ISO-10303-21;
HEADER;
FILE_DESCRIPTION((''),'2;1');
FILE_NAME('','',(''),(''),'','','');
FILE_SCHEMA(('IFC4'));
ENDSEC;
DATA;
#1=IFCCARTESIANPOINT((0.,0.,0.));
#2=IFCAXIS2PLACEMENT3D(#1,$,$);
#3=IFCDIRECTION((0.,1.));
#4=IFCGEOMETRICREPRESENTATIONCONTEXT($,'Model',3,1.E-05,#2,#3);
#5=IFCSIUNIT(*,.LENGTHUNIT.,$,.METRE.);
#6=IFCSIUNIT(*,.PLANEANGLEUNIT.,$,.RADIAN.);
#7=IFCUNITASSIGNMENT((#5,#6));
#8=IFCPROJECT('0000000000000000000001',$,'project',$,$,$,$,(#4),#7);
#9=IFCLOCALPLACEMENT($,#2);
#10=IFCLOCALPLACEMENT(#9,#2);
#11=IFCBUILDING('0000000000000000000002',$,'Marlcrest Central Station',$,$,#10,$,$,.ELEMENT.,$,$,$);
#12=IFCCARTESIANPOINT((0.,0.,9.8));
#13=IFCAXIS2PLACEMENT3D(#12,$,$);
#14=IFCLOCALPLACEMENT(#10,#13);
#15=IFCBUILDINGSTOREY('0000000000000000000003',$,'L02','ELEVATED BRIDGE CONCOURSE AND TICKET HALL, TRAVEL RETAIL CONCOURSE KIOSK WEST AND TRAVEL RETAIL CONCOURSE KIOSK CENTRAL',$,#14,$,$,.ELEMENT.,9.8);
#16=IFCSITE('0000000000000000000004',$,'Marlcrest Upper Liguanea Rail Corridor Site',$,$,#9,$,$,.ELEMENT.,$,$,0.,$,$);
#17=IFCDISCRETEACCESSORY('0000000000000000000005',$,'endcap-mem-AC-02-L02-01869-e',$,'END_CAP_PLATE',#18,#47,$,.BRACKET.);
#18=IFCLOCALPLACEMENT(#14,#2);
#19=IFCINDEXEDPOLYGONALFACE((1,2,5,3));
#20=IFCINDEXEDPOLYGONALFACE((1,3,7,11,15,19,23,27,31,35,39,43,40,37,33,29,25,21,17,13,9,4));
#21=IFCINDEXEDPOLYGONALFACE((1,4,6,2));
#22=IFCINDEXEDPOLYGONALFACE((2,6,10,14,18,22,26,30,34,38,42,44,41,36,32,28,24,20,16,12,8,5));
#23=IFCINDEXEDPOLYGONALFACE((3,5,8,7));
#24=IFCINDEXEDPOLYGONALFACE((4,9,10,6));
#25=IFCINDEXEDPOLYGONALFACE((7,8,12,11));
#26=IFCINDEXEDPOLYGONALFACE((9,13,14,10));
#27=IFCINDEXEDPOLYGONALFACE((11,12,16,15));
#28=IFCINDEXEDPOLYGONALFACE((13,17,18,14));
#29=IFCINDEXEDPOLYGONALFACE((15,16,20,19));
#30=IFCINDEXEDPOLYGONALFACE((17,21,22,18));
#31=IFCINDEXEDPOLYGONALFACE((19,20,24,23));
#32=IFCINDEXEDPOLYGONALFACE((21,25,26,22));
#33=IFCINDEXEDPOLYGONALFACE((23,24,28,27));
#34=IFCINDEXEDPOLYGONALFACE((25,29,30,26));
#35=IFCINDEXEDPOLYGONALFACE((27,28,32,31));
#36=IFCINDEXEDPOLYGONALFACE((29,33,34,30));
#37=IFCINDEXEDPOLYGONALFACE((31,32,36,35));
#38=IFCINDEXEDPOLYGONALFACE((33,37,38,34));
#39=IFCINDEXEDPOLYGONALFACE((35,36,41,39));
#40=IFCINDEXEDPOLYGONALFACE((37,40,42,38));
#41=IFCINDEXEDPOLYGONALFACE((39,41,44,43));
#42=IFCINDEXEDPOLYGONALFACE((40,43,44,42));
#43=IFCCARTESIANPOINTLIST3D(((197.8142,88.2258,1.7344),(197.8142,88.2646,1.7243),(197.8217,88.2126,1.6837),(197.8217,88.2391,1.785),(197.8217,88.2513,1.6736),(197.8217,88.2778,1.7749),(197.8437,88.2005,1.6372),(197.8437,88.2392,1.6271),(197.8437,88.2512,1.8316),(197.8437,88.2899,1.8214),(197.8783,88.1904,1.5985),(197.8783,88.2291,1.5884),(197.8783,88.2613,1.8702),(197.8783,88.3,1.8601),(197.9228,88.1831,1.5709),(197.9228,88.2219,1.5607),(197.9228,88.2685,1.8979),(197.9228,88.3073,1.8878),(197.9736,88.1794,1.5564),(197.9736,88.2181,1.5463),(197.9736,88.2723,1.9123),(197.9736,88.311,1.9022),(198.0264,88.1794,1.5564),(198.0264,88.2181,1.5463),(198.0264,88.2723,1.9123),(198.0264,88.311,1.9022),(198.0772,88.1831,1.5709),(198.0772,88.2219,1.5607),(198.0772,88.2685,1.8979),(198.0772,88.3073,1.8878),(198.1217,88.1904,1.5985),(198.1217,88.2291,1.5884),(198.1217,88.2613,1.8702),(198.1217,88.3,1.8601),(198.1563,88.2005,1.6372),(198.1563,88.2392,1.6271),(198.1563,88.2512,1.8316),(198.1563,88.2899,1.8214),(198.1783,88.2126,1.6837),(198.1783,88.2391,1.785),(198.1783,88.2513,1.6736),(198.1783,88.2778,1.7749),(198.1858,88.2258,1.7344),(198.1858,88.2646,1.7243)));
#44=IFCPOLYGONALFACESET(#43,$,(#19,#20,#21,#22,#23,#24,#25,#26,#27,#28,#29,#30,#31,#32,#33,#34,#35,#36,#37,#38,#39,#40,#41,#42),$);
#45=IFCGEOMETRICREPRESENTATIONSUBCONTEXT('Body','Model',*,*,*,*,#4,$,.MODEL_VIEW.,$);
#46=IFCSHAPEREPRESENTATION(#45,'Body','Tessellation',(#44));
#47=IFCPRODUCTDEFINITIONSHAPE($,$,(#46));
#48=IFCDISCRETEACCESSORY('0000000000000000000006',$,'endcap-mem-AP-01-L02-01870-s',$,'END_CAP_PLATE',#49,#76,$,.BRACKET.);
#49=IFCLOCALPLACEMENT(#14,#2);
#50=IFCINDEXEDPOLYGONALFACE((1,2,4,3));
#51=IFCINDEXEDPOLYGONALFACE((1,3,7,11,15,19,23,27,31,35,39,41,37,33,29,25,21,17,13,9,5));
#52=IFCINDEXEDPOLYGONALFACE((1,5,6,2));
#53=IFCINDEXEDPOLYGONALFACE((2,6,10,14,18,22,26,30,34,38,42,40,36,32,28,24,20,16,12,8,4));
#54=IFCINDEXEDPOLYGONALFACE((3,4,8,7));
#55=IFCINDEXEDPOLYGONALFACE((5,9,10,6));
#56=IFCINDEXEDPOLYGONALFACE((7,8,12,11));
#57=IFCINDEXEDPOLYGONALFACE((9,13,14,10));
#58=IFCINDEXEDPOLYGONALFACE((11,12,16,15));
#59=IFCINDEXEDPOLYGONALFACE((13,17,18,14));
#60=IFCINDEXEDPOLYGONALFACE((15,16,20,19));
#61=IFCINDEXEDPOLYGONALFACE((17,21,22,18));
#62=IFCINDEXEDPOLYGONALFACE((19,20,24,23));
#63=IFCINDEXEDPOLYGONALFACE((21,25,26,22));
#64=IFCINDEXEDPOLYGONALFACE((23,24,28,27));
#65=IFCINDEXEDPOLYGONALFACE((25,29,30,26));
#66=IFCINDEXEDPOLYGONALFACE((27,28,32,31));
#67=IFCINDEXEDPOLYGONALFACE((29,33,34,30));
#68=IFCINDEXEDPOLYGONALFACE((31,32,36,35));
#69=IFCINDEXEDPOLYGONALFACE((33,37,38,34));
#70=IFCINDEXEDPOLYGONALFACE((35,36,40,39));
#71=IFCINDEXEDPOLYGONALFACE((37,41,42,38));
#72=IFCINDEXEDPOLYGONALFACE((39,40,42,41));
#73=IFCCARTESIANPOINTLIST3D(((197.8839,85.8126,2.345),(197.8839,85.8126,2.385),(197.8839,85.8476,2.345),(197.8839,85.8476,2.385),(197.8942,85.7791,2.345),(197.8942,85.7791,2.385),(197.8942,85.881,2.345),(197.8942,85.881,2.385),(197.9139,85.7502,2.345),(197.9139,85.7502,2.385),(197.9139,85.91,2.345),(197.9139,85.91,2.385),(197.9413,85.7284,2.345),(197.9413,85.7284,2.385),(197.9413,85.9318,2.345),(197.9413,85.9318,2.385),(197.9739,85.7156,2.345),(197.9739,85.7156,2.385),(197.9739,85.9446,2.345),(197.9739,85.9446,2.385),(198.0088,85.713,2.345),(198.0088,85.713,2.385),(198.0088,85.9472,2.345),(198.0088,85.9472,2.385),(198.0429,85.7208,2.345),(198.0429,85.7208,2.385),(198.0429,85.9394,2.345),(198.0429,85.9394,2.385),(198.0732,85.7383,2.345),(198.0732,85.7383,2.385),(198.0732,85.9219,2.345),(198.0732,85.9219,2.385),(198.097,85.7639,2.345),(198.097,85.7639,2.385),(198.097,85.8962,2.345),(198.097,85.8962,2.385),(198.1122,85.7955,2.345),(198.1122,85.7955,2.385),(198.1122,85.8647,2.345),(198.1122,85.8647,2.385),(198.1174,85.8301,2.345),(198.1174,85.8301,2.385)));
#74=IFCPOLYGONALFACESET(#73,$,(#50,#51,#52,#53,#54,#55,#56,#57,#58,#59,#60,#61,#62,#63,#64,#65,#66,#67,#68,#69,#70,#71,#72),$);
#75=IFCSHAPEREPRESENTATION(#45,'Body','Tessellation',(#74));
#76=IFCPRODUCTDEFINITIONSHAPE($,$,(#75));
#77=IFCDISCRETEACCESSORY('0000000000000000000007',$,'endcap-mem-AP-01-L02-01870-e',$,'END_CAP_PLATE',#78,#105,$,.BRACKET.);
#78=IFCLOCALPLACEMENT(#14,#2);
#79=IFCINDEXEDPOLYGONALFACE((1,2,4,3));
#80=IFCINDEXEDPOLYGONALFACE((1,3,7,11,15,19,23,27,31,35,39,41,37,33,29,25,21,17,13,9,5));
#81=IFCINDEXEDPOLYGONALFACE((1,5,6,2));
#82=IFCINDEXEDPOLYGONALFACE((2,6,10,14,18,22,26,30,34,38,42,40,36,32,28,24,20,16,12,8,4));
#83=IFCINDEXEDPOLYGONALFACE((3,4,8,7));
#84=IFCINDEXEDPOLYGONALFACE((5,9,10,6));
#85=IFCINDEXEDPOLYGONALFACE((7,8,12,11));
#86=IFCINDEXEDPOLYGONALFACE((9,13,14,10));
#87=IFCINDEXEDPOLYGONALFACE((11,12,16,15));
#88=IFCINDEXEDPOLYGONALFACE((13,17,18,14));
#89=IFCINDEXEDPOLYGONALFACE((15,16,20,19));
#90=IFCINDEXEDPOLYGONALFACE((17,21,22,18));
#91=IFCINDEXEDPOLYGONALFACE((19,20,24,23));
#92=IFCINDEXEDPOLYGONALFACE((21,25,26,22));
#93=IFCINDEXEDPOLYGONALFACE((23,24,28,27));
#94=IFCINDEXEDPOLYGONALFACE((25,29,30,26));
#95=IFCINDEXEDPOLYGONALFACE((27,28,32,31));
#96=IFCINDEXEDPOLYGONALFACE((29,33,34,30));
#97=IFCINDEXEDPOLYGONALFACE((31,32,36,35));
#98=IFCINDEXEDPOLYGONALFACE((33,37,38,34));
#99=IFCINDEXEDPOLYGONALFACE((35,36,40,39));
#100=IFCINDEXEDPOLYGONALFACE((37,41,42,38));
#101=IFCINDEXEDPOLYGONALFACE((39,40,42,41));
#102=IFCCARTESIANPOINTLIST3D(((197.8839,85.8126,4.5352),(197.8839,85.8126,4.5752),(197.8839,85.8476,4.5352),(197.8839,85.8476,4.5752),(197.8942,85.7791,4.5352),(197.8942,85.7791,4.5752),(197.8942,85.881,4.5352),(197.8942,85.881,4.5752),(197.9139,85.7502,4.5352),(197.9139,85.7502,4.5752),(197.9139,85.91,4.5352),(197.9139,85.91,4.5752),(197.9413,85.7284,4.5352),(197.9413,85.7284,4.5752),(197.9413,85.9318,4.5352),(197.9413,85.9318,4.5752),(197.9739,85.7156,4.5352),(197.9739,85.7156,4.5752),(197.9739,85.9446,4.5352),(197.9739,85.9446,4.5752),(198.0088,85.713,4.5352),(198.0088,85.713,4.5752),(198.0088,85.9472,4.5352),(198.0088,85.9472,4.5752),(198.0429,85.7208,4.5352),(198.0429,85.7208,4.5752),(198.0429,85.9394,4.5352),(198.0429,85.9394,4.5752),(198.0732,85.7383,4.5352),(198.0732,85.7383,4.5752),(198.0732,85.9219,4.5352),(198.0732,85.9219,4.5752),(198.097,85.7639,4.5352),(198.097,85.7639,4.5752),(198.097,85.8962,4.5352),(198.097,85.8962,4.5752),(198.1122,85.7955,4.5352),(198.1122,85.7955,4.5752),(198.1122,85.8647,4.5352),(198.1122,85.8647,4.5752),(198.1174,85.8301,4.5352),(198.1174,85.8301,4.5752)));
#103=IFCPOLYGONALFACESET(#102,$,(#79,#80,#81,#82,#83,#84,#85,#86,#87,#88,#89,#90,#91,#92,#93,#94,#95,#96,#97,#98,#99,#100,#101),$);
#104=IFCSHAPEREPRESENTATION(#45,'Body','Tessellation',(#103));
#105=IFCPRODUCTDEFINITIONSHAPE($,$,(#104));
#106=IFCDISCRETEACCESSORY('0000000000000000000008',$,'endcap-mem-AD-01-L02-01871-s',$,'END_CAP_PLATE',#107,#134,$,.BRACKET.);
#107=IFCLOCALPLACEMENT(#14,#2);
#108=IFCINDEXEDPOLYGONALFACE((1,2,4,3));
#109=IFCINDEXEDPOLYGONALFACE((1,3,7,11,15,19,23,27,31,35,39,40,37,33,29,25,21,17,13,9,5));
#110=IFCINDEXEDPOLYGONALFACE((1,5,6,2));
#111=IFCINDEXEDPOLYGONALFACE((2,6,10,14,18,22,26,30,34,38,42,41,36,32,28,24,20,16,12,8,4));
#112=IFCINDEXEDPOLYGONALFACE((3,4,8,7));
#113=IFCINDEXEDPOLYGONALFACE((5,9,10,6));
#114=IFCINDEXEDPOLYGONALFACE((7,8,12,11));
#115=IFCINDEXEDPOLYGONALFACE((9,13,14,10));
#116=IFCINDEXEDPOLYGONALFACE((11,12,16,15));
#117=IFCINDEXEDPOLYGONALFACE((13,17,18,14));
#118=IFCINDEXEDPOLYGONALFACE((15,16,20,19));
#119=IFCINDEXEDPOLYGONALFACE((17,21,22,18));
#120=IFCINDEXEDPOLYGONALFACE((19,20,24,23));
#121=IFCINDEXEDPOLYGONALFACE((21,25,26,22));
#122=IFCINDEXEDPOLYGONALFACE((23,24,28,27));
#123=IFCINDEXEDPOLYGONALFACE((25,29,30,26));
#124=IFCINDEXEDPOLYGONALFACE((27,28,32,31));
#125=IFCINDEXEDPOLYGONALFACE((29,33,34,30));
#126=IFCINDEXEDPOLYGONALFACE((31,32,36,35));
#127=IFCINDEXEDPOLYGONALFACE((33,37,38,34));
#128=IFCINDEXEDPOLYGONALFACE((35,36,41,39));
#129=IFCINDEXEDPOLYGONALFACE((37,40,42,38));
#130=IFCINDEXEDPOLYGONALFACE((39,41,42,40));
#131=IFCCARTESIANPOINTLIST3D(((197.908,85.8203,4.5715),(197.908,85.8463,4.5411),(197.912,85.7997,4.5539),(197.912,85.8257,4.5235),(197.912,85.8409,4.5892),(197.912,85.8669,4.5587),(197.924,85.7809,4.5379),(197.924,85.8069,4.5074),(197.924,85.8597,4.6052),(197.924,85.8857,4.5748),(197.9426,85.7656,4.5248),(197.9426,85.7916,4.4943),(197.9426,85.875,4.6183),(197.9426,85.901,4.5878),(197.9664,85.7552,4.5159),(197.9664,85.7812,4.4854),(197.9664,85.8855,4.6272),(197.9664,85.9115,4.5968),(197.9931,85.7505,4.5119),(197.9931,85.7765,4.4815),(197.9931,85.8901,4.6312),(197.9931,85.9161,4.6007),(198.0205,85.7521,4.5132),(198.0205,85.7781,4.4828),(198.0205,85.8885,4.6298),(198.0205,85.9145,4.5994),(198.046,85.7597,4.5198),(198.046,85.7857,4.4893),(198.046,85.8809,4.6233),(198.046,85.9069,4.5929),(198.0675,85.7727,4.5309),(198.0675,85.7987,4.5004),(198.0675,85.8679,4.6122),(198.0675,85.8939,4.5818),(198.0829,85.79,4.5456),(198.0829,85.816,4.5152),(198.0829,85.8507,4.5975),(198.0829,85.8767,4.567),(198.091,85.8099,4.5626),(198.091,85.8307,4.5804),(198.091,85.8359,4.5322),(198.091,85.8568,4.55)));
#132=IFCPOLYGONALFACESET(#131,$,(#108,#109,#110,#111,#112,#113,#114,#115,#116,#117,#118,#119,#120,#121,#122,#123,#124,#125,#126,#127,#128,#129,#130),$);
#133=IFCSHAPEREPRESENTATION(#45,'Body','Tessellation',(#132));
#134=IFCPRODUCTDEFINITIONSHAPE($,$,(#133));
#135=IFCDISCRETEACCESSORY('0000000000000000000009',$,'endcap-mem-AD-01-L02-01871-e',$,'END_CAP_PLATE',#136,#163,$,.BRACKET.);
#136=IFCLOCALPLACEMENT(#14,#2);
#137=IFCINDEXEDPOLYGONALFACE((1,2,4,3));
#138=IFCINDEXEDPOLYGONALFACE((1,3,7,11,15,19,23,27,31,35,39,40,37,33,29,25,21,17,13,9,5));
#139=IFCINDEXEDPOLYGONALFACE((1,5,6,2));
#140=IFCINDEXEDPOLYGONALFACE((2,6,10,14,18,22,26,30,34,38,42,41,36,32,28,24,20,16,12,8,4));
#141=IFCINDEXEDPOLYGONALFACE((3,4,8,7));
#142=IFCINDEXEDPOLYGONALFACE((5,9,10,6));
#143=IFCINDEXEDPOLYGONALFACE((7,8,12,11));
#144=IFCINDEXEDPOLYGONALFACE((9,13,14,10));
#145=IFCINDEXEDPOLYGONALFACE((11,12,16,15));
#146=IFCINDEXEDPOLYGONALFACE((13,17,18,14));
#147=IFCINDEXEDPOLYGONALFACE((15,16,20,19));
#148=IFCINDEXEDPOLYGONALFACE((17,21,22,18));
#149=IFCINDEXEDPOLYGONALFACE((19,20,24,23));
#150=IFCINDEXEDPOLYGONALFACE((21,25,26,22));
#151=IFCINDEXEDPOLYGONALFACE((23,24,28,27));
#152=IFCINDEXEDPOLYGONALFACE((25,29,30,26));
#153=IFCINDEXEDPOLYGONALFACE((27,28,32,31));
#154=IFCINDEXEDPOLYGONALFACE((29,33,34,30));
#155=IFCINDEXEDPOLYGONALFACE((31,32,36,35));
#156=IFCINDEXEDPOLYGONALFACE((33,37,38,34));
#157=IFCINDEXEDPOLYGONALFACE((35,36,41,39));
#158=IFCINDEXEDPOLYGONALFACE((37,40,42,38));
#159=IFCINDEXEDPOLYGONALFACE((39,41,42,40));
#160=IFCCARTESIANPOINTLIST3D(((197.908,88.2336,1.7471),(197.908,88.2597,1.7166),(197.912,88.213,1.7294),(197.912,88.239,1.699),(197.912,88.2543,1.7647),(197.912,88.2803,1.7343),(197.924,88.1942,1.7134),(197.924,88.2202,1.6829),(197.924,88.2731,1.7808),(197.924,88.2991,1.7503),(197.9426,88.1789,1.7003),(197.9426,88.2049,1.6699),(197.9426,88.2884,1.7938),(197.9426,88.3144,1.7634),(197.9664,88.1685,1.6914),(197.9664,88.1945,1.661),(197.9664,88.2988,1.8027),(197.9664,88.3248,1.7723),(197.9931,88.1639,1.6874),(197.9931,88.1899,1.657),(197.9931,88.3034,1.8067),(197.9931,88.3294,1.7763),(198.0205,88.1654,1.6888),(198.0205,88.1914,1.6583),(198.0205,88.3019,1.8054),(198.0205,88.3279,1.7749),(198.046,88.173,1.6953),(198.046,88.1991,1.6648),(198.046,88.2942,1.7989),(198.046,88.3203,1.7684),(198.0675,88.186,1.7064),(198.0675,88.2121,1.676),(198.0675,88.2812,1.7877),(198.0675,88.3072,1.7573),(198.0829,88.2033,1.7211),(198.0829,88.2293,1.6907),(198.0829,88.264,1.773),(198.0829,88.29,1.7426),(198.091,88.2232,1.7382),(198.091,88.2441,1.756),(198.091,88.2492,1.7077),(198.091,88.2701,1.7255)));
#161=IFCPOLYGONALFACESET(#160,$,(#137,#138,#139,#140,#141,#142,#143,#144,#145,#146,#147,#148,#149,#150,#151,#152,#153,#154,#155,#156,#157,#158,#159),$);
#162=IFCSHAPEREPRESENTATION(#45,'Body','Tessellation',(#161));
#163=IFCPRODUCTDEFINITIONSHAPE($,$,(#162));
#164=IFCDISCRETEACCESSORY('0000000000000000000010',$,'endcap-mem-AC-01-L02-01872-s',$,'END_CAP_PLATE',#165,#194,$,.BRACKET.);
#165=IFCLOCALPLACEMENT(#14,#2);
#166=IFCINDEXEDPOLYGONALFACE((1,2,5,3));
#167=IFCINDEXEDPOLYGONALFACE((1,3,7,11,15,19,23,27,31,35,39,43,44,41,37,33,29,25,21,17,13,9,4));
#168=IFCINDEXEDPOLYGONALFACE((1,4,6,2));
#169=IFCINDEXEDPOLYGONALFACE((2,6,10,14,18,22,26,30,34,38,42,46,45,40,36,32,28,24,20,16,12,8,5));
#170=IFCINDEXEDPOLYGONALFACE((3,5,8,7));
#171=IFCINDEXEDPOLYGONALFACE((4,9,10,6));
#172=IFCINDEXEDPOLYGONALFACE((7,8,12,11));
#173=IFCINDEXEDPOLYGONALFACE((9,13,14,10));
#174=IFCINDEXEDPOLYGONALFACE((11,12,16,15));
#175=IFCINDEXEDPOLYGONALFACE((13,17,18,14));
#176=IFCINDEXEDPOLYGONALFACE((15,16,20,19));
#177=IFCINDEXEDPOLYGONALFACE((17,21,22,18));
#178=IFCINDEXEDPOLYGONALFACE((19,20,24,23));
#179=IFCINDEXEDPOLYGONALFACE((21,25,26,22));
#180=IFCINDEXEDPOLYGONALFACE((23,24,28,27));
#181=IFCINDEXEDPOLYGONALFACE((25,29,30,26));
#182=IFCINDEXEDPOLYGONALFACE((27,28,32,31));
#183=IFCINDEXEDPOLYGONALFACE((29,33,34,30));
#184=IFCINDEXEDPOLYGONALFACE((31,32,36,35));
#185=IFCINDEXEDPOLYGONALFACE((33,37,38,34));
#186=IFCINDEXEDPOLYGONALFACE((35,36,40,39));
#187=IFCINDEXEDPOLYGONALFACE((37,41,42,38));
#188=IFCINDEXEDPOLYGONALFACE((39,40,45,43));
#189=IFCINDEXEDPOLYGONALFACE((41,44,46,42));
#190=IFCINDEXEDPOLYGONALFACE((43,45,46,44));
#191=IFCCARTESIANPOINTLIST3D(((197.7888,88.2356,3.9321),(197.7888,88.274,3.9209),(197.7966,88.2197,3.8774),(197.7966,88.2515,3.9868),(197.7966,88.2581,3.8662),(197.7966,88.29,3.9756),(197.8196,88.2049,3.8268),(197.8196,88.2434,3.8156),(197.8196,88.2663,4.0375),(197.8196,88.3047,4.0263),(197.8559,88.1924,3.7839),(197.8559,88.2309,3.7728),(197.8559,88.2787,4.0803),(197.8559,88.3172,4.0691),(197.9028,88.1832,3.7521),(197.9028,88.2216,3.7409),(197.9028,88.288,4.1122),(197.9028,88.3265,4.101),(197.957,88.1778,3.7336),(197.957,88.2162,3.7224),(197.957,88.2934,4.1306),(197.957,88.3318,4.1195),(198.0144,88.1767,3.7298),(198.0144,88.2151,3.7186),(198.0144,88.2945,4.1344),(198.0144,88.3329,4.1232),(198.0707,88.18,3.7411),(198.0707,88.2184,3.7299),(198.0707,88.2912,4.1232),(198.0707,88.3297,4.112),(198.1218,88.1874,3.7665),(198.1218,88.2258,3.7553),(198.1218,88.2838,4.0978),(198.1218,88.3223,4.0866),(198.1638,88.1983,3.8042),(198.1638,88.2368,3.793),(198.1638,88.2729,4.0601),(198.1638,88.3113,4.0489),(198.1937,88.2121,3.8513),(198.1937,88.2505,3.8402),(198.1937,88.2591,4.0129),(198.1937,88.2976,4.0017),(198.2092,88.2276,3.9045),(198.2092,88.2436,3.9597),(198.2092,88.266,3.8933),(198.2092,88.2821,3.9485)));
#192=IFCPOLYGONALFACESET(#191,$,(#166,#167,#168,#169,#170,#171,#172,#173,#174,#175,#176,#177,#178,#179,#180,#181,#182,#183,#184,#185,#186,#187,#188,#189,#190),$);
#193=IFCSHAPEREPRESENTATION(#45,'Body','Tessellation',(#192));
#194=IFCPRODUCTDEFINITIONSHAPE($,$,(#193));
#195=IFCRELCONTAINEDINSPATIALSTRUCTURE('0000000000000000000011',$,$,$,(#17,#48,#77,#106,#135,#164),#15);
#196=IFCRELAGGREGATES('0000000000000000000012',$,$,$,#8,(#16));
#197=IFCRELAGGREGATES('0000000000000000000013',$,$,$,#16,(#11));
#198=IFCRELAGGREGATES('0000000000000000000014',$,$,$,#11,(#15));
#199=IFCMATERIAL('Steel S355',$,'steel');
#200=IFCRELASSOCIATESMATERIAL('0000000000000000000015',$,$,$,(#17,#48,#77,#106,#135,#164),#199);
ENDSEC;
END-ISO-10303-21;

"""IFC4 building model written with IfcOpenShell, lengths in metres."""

from ifc_helpers import new_model, si_unit, direction, frame, origin, origin_2d, place, context, subcontext, project, spatial, circle, extrude, material, element, save


model = new_model("IFC4")

# Units and contexts
model_context = context("Model", 3, precision=1e-05, world=origin(), true_north=direction((0.0, 1.0)))
body_context = subcontext(model_context, "Body", "Model", "MODEL_VIEW")
ifc_project = project(units=[si_unit("LENGTHUNIT", "METRE"), si_unit("PLANEANGLEUNIT", "RADIAN")], contexts=[model_context])

# Site, building, storey
site_placement = place(None, origin())
site = spatial("IfcSite", under=ifc_project, at=site_placement, Name="Marlcrest Upper Liguanea Rail Corridor Site", CompositionType="ELEMENT", RefElevation=0.0)
building_placement = place(site_placement, origin())
building = spatial("IfcBuilding", under=site, at=building_placement, Name="Marlcrest Central Station", CompositionType="ELEMENT")
storey_placement = place(building_placement, frame((0.0, 0.0, 9.8)))
storey = spatial("IfcBuildingStorey", under=building, at=storey_placement, Name="L02", Description="ELEVATED BRIDGE CONCOURSE AND TICKET HALL, TRAVEL RETAIL CONCOURSE KIOSK WEST AND TRAVEL RETAIL CONCOURSE KIOSK CENTRAL", CompositionType="ELEMENT", Elevation=9.8)

# Shared definitions
ifc_material_1 = material(Name="Steel S355", Category="steel")

# Discrete accessories
for number, where, z_axis, x_axis, name in (
    (1, (198.0, 88.2258, 1.7344), (0.0, 0.967563, -0.252629), (-1.0, 0.0, 0.0), "endcap-mem-AC-02-L02-01869-e"),
):
    element("IfcDiscreteAccessory", number, at=place(storey_placement, frame(where, z_axis=z_axis, x_axis=x_axis)), inside=storey, material=ifc_material_1, Name=name, ObjectType="END_CAP_PLATE", PredefinedType="BRACKET", context=body_context, shape_type="SweptSolid", body=[
        extrude(circle(Radius=0.1858, at=origin_2d()), origin(), (0.0, 0.0, 1.0), 0.04),
    ])
for number, where, z_axis, x_axis, name in (
    (2, (198.0, 85.8301, 2.345), (0.0, 0.0, 1.0), (1.0, 0.0, 0.0), "endcap-mem-AP-01-L02-01870-s"),
    (3, (198.0, 85.8301, 4.5352), (0.0, 0.0, 1.0), (1.0, 0.0, 0.0), "endcap-mem-AP-01-L02-01870-e"),
):
    element("IfcDiscreteAccessory", number, at=place(storey_placement, frame(where, z_axis=z_axis, x_axis=x_axis)), inside=storey, material=ifc_material_1, Name=name, ObjectType="END_CAP_PLATE", PredefinedType="BRACKET", context=body_context, shape_type="SweptSolid", body=[
        extrude(circle(Radius=0.1174, at=origin_2d()), origin(), (0.0, 0.0, 1.0), 0.04),
    ])
for number, where, z_axis, x_axis, name in (
    (4, (198.0, 85.8203, 4.5715), (0.0, 0.649625, -0.760255), (-1.0, 0.0, 0.0), "endcap-mem-AD-01-L02-01871-s"),
    (5, (198.0, 88.2336, 1.7471), (0.0, 0.649625, -0.760255), (-1.0, 0.0, 0.0), "endcap-mem-AD-01-L02-01871-e"),
):
    element("IfcDiscreteAccessory", number, at=place(storey_placement, frame(where, z_axis=z_axis, x_axis=x_axis)), inside=storey, material=ifc_material_1, Name=name, ObjectType="END_CAP_PLATE", PredefinedType="BRACKET", context=body_context, shape_type="SweptSolid", body=[
        extrude(circle(Radius=0.092, at=origin_2d()), origin(), (0.0, 0.0, 1.0), 0.04),
    ])
discrete_accessory_1_placement = place(storey_placement, frame((198.0, 88.2356, 3.9321), z_axis=(0.0, 0.96013, -0.279554), x_axis=(-1.0, 0.0, 0.0)))
element("IfcDiscreteAccessory", 6, at=discrete_accessory_1_placement, inside=storey, material=ifc_material_1, Name="endcap-mem-AC-01-L02-01872-s", ObjectType="END_CAP_PLATE", PredefinedType="BRACKET", context=body_context, shape_type="SweptSolid", body=[
    extrude(circle(Radius=0.2112, at=origin_2d()), origin(), (0.0, 0.0, 1.0), 0.04),
])

save(model, "model.ifc")
